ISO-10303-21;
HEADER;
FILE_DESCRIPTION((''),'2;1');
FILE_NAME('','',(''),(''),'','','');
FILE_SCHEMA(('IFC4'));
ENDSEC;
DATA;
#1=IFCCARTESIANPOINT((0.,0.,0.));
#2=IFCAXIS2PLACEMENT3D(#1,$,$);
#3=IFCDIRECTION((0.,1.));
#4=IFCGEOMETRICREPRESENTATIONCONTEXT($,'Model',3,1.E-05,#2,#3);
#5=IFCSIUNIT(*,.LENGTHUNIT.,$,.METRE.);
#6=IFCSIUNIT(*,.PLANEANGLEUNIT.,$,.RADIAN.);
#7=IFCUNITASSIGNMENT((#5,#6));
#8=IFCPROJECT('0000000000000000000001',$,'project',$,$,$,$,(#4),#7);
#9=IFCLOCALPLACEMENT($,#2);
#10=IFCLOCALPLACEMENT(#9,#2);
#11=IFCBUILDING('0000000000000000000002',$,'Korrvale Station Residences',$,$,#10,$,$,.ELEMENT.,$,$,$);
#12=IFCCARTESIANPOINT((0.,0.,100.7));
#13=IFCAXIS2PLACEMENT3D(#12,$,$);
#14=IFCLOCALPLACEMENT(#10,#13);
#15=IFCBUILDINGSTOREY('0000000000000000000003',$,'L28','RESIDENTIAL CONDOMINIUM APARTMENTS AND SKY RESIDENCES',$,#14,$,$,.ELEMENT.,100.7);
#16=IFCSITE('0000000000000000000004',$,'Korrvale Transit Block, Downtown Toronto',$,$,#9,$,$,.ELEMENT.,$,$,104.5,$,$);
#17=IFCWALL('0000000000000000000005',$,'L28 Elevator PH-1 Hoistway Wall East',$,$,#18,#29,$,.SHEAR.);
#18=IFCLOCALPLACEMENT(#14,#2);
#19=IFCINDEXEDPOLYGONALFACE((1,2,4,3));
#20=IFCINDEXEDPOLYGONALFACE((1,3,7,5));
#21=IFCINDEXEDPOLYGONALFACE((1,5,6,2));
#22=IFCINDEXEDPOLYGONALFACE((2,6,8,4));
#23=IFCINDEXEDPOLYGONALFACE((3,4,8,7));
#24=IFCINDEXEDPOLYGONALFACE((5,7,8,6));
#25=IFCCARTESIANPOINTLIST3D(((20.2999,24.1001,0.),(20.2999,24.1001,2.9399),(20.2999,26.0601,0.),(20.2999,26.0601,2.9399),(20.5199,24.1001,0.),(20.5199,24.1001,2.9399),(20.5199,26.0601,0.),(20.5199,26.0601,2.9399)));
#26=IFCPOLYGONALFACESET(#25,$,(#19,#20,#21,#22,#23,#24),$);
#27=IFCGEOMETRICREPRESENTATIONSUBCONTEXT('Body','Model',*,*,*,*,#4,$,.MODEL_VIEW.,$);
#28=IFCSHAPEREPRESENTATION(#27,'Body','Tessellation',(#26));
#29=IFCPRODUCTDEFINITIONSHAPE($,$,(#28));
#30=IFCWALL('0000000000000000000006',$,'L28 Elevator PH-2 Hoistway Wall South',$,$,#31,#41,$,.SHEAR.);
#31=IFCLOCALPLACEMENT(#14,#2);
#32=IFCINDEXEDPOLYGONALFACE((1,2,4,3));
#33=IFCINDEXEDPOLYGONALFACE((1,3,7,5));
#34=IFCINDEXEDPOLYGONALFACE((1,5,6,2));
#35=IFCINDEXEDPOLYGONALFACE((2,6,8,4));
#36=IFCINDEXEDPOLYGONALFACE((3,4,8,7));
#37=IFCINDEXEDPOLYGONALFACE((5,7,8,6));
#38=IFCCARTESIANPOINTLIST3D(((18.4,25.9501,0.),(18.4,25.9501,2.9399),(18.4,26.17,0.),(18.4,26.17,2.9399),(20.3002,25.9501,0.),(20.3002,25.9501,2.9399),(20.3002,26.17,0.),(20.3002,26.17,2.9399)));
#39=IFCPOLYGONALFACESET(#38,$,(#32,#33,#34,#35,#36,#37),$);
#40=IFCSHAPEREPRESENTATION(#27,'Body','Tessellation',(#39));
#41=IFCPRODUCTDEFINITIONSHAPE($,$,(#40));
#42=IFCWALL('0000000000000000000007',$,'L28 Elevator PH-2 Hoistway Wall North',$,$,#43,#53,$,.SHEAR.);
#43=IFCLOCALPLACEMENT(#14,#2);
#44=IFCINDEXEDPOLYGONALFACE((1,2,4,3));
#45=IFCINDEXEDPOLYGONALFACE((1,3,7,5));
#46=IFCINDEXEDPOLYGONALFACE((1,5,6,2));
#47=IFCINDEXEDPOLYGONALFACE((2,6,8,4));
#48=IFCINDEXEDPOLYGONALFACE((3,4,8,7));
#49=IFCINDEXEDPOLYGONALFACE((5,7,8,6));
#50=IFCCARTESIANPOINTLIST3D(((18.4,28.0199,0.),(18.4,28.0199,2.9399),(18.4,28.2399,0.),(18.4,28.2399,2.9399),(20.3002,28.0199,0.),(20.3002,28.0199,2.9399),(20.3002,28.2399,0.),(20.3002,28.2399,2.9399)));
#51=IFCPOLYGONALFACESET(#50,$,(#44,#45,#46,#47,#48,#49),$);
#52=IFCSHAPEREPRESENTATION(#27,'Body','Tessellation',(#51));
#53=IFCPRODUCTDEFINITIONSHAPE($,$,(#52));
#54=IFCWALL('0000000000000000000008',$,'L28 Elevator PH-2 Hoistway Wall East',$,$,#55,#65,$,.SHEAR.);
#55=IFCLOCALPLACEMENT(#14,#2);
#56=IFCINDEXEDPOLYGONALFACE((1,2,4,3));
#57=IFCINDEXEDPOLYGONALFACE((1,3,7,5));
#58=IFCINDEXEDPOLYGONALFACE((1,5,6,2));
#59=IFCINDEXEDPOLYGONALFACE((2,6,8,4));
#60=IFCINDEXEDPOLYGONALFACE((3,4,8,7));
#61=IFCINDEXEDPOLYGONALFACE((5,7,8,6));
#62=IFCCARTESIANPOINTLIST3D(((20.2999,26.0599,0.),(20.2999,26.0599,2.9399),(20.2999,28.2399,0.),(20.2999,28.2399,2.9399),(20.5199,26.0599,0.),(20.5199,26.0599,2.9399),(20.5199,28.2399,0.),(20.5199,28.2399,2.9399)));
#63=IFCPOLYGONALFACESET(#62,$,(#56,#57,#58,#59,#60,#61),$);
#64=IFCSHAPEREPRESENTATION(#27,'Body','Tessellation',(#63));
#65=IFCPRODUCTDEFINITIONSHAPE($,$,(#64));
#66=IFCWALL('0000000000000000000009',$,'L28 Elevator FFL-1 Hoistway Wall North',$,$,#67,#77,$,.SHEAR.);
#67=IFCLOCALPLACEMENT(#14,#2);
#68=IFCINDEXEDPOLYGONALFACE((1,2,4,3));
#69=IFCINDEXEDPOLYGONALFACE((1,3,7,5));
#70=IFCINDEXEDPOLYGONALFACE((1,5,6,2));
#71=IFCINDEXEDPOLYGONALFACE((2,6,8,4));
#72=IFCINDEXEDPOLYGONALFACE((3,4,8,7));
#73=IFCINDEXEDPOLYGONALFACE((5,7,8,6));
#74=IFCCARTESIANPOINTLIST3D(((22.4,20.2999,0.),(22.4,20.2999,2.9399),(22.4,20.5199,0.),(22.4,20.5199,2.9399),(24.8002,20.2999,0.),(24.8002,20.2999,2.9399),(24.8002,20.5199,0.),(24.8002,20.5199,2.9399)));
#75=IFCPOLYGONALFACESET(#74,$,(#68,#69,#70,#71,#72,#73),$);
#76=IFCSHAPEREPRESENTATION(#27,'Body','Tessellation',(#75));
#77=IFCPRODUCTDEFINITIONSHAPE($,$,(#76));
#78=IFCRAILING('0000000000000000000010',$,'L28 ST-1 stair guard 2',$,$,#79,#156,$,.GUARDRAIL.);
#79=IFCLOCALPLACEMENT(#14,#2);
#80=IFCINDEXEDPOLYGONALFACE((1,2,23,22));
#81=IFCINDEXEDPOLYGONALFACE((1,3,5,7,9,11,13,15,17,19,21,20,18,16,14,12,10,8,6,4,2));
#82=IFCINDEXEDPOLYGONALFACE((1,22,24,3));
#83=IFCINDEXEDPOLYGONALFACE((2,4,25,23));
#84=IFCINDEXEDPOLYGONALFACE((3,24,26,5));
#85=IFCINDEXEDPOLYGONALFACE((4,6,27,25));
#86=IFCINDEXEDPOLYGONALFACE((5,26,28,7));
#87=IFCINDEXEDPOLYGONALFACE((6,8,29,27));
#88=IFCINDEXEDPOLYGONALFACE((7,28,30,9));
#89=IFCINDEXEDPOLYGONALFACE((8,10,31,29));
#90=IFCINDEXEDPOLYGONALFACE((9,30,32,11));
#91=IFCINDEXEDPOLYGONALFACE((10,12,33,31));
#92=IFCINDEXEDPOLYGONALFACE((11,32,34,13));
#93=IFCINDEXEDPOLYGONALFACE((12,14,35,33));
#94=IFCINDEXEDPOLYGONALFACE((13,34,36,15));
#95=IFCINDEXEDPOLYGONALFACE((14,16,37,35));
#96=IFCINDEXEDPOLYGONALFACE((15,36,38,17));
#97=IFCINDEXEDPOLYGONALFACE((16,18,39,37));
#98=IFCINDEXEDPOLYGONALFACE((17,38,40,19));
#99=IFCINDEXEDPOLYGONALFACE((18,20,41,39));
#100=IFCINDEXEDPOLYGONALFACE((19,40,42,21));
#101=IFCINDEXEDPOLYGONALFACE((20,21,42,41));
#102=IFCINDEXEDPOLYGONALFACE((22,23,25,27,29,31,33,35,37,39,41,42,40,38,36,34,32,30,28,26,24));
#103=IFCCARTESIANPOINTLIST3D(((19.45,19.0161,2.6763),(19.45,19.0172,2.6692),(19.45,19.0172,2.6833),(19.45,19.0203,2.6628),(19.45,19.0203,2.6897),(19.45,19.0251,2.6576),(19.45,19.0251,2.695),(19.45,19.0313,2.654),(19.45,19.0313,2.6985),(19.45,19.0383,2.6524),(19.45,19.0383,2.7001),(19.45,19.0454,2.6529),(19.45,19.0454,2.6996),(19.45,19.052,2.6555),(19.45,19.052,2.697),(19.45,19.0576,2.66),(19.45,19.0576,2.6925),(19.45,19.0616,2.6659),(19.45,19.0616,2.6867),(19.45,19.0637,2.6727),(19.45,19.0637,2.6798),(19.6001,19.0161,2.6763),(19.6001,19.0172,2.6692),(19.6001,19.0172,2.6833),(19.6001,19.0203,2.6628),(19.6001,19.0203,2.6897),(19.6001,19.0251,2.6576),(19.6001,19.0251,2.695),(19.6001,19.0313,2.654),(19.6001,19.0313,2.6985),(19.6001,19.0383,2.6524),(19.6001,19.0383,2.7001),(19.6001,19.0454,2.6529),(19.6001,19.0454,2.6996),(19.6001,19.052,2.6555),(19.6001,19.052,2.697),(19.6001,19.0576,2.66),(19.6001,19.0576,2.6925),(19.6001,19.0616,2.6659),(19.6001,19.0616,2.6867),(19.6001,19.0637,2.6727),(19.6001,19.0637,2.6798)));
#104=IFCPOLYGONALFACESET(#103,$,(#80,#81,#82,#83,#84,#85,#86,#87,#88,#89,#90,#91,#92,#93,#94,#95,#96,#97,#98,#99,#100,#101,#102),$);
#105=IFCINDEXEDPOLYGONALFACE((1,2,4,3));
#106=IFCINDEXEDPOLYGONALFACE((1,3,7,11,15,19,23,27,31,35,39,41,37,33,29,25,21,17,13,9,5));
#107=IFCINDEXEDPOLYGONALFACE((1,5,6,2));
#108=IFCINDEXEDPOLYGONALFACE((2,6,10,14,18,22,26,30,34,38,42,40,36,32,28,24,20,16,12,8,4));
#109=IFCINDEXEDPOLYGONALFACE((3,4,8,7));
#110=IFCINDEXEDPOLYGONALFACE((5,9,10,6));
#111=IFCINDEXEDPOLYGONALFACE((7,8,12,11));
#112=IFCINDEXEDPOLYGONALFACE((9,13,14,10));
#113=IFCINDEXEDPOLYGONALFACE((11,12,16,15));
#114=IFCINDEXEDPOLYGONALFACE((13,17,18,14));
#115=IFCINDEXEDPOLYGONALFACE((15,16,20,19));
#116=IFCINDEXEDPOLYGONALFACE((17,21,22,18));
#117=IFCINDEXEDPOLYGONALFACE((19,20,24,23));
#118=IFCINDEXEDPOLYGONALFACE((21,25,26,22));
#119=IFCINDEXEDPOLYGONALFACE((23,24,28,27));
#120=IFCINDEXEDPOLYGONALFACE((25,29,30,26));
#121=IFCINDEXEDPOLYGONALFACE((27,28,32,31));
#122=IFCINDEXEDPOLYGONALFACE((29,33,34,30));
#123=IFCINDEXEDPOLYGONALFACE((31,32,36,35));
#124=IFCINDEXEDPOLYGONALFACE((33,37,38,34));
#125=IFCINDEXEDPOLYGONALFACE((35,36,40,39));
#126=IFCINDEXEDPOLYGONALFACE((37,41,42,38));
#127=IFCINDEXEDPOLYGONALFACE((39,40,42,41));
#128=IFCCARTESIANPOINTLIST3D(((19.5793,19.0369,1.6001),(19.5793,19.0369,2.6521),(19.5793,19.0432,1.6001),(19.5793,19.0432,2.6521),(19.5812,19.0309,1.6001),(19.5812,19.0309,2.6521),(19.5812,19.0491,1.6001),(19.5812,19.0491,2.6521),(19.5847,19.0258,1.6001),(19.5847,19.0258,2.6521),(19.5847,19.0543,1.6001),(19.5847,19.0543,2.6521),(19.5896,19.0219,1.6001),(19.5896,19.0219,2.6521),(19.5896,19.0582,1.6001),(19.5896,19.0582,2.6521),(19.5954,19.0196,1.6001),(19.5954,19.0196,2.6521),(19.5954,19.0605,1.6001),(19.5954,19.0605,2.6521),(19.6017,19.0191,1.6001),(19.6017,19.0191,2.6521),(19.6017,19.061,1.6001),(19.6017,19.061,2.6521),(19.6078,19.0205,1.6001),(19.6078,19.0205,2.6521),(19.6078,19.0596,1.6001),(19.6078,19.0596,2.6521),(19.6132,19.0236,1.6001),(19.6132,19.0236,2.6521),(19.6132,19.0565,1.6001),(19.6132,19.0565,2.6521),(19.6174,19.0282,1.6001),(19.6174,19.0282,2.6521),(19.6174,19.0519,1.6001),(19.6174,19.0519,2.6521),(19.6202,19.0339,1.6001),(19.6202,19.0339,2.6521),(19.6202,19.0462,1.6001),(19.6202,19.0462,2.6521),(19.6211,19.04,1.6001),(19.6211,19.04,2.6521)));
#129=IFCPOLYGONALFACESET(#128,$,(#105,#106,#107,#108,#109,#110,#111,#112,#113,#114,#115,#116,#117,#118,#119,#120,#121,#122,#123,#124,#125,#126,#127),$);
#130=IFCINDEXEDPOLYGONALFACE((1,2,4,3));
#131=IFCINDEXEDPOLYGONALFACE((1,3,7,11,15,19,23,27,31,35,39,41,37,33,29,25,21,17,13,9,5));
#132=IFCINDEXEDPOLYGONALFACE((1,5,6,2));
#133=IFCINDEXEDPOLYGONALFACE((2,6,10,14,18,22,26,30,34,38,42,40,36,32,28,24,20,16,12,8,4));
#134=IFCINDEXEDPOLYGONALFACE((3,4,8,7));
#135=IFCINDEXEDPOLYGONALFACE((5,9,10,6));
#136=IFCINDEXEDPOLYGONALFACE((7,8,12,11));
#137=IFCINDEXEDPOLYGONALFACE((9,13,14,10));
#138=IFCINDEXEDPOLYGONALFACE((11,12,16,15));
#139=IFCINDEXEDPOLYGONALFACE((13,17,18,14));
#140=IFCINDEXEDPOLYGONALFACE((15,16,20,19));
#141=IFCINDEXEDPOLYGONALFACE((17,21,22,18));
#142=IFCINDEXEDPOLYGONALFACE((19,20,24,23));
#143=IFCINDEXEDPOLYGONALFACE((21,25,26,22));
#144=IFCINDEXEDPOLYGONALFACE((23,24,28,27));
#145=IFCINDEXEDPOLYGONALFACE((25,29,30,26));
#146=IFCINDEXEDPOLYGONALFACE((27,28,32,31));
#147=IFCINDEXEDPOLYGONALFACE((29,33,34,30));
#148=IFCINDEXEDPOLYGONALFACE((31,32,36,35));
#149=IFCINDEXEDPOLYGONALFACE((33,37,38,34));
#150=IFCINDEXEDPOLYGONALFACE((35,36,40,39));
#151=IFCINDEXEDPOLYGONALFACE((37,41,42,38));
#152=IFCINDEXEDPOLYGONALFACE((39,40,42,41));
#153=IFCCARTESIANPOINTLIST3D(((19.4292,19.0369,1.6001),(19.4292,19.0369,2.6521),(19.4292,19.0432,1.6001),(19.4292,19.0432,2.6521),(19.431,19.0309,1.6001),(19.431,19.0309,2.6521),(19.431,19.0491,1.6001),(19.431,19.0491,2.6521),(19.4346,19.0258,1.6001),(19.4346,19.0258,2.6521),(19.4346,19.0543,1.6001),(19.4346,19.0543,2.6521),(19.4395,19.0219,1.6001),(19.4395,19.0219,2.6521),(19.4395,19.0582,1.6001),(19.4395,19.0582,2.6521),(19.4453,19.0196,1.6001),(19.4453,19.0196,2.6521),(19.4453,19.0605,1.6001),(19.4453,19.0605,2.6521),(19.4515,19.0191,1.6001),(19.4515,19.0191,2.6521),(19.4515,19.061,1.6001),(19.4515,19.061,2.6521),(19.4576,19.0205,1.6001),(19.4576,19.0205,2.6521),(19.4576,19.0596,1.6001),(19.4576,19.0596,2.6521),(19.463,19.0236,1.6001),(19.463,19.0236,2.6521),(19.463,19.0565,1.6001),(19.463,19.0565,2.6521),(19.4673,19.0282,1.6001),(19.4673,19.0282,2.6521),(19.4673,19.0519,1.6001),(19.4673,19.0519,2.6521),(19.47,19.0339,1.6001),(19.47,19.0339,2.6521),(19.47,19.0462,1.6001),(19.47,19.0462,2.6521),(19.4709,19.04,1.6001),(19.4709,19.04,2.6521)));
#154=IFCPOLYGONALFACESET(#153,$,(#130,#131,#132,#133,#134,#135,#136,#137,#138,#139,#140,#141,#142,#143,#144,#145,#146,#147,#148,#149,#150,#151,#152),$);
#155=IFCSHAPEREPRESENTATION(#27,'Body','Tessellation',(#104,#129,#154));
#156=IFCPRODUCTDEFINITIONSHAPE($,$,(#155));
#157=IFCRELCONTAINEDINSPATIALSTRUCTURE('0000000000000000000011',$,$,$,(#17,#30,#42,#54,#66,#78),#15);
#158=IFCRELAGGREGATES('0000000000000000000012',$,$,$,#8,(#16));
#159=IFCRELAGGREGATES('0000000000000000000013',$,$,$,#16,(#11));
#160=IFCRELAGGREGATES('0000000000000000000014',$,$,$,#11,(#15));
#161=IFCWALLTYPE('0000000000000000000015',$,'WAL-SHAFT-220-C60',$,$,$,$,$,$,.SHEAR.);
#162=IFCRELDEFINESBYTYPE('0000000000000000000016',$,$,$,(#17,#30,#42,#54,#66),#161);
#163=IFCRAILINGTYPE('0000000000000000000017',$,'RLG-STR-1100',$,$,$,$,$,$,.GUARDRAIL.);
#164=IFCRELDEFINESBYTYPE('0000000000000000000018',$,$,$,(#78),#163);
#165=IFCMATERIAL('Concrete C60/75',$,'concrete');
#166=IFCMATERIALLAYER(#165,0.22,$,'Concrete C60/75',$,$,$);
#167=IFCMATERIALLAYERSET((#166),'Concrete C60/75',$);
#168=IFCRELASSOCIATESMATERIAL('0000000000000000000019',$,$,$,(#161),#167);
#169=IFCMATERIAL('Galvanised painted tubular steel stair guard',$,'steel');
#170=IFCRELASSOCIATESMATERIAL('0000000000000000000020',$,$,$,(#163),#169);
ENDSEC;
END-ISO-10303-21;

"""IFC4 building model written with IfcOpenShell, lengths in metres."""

from ifc_helpers import new_model, si_unit, direction, frame, frame_2d, origin, origin_2d, place, context, subcontext, project, spatial, rectangle, circle, extrude, material, layer, layer_set, type_object, element, save


model = new_model("IFC4")

# Units and contexts
model_context = context("Model", 3, precision=1e-05, world=origin(), true_north=direction((0.0, 1.0)))
body_context = subcontext(model_context, "Body", "Model", "MODEL_VIEW")
ifc_project = project(units=[si_unit("LENGTHUNIT", "METRE"), si_unit("PLANEANGLEUNIT", "RADIAN")], contexts=[model_context])

# Site, building, storey
site_placement = place(None, origin())
site = spatial("IfcSite", under=ifc_project, at=site_placement, Name="Korrvale Transit Block, Downtown Toronto", CompositionType="ELEMENT", RefElevation=104.5)
building_placement = place(site_placement, origin())
building = spatial("IfcBuilding", under=site, at=building_placement, Name="Korrvale Station Residences", CompositionType="ELEMENT")
storey_placement = place(building_placement, frame((0.0, 0.0, 100.7)))
storey = spatial("IfcBuildingStorey", under=building, at=storey_placement, Name="L28", Description="RESIDENTIAL CONDOMINIUM APARTMENTS AND SKY RESIDENCES", CompositionType="ELEMENT", Elevation=100.7)

# Shared definitions
ifc_material_1 = material(Name="Concrete C60/75", Category="concrete")

# Shared definitions
ifc_layer_1 = layer(ifc_material_1, 0.22, Name="Concrete C60/75")
ifc_layer_set_1 = layer_set([ifc_layer_1], Name="Concrete C60/75")
wall_type_1 = type_object("IfcWallType", Name="WAL-SHAFT-220-C60", PredefinedType="SHEAR", material=ifc_layer_set_1)

# Walls
wall_1_placement = place(storey_placement, frame((20.4099, 24.1001, 0.0), z_axis=(0.0, 0.0, 1.0), x_axis=(0.0, 1.0, 0.0)))
element("IfcWall", 1, at=wall_1_placement, inside=storey, type_object=wall_type_1, Name="L28 Elevator PH-1 Hoistway Wall East", PredefinedType="SHEAR", context=body_context, shape_type="SweptSolid", body=[
    extrude(rectangle(XDim=1.96, YDim=0.22, at=frame_2d((0.98, 0.0))), origin(), (0.0, 0.0, 1.0), 2.9399),
])
for number, where, z_axis, x_axis, name in (
    (2, (18.3999, 26.0601, 0.0), (0.0, 0.0, 1.0), (1.0, 0.0, 0.0), "L28 Elevator PH-2 Hoistway Wall South"),
    (3, (18.3999, 28.1299, 0.0), (0.0, 0.0, 1.0), (1.0, 0.0, 0.0), "L28 Elevator PH-2 Hoistway Wall North"),
):
    element("IfcWall", number, at=place(storey_placement, frame(where, z_axis=z_axis, x_axis=x_axis)), inside=storey, type_object=wall_type_1, Name=name, PredefinedType="SHEAR", context=body_context, shape_type="SweptSolid", body=[
        extrude(rectangle(XDim=1.9001, YDim=0.22, at=frame_2d((0.9502, 0.0))), origin(), (0.0, 0.0, 1.0), 2.9399),
    ])
wall_2_placement = place(storey_placement, frame((20.4099, 26.0601, 0.0), z_axis=(0.0, 0.0, 1.0), x_axis=(0.0, 1.0, 0.0)))
element("IfcWall", 4, at=wall_2_placement, inside=storey, type_object=wall_type_1, Name="L28 Elevator PH-2 Hoistway Wall East", PredefinedType="SHEAR", context=body_context, shape_type="SweptSolid", body=[
    extrude(rectangle(XDim=2.1799, YDim=0.22, at=frame_2d((1.0898, 0.0))), origin(), (0.0, 0.0, 1.0), 2.9399),
])
wall_3_placement = place(storey_placement, frame((22.3999, 20.4099, 0.0), z_axis=(0.0, 0.0, 1.0), x_axis=(1.0, 0.0, 0.0)))
element("IfcWall", 5, at=wall_3_placement, inside=storey, type_object=wall_type_1, Name="L28 Elevator FFL-1 Hoistway Wall North", PredefinedType="SHEAR", context=body_context, shape_type="SweptSolid", body=[
    extrude(rectangle(XDim=2.4001, YDim=0.22, at=frame_2d((1.2002, 0.0))), origin(), (0.0, 0.0, 1.0), 2.9399),
])

# Railing
ifc_material_2 = material(Name="Galvanised painted tubular steel stair guard", Category="steel")
railing_type = type_object("IfcRailingType", Name="RLG-STR-1100", PredefinedType="GUARDRAIL", material=ifc_material_2)
railing_1_placement = place(storey_placement, frame((19.6001, 19.04, 1.6001)))
element("IfcRailing", 6, at=railing_1_placement, inside=storey, type_object=railing_type, Name="L28 ST-1 stair guard 2", PredefinedType="GUARDRAIL", context=body_context, shape_type="SweptSolid", body=[
    extrude(circle(Radius=0.0239, at=origin_2d()), frame((0.0, 0.0, 1.0762), z_axis=(-1.0, 0.0, 0.0), x_axis=(0.0, -1.0, 0.0)), (0.0, 0.0, 1.0), 0.1501),
    extrude(circle(Radius=0.021, at=origin_2d()), origin(), (0.0, 0.0, 1.0), 1.052),
    extrude(circle(Radius=0.021, at=origin_2d()), frame((-0.1501, 0.0, 0.0)), (0.0, 0.0, 1.0), 1.052),
])

save(model, "model.ifc")
